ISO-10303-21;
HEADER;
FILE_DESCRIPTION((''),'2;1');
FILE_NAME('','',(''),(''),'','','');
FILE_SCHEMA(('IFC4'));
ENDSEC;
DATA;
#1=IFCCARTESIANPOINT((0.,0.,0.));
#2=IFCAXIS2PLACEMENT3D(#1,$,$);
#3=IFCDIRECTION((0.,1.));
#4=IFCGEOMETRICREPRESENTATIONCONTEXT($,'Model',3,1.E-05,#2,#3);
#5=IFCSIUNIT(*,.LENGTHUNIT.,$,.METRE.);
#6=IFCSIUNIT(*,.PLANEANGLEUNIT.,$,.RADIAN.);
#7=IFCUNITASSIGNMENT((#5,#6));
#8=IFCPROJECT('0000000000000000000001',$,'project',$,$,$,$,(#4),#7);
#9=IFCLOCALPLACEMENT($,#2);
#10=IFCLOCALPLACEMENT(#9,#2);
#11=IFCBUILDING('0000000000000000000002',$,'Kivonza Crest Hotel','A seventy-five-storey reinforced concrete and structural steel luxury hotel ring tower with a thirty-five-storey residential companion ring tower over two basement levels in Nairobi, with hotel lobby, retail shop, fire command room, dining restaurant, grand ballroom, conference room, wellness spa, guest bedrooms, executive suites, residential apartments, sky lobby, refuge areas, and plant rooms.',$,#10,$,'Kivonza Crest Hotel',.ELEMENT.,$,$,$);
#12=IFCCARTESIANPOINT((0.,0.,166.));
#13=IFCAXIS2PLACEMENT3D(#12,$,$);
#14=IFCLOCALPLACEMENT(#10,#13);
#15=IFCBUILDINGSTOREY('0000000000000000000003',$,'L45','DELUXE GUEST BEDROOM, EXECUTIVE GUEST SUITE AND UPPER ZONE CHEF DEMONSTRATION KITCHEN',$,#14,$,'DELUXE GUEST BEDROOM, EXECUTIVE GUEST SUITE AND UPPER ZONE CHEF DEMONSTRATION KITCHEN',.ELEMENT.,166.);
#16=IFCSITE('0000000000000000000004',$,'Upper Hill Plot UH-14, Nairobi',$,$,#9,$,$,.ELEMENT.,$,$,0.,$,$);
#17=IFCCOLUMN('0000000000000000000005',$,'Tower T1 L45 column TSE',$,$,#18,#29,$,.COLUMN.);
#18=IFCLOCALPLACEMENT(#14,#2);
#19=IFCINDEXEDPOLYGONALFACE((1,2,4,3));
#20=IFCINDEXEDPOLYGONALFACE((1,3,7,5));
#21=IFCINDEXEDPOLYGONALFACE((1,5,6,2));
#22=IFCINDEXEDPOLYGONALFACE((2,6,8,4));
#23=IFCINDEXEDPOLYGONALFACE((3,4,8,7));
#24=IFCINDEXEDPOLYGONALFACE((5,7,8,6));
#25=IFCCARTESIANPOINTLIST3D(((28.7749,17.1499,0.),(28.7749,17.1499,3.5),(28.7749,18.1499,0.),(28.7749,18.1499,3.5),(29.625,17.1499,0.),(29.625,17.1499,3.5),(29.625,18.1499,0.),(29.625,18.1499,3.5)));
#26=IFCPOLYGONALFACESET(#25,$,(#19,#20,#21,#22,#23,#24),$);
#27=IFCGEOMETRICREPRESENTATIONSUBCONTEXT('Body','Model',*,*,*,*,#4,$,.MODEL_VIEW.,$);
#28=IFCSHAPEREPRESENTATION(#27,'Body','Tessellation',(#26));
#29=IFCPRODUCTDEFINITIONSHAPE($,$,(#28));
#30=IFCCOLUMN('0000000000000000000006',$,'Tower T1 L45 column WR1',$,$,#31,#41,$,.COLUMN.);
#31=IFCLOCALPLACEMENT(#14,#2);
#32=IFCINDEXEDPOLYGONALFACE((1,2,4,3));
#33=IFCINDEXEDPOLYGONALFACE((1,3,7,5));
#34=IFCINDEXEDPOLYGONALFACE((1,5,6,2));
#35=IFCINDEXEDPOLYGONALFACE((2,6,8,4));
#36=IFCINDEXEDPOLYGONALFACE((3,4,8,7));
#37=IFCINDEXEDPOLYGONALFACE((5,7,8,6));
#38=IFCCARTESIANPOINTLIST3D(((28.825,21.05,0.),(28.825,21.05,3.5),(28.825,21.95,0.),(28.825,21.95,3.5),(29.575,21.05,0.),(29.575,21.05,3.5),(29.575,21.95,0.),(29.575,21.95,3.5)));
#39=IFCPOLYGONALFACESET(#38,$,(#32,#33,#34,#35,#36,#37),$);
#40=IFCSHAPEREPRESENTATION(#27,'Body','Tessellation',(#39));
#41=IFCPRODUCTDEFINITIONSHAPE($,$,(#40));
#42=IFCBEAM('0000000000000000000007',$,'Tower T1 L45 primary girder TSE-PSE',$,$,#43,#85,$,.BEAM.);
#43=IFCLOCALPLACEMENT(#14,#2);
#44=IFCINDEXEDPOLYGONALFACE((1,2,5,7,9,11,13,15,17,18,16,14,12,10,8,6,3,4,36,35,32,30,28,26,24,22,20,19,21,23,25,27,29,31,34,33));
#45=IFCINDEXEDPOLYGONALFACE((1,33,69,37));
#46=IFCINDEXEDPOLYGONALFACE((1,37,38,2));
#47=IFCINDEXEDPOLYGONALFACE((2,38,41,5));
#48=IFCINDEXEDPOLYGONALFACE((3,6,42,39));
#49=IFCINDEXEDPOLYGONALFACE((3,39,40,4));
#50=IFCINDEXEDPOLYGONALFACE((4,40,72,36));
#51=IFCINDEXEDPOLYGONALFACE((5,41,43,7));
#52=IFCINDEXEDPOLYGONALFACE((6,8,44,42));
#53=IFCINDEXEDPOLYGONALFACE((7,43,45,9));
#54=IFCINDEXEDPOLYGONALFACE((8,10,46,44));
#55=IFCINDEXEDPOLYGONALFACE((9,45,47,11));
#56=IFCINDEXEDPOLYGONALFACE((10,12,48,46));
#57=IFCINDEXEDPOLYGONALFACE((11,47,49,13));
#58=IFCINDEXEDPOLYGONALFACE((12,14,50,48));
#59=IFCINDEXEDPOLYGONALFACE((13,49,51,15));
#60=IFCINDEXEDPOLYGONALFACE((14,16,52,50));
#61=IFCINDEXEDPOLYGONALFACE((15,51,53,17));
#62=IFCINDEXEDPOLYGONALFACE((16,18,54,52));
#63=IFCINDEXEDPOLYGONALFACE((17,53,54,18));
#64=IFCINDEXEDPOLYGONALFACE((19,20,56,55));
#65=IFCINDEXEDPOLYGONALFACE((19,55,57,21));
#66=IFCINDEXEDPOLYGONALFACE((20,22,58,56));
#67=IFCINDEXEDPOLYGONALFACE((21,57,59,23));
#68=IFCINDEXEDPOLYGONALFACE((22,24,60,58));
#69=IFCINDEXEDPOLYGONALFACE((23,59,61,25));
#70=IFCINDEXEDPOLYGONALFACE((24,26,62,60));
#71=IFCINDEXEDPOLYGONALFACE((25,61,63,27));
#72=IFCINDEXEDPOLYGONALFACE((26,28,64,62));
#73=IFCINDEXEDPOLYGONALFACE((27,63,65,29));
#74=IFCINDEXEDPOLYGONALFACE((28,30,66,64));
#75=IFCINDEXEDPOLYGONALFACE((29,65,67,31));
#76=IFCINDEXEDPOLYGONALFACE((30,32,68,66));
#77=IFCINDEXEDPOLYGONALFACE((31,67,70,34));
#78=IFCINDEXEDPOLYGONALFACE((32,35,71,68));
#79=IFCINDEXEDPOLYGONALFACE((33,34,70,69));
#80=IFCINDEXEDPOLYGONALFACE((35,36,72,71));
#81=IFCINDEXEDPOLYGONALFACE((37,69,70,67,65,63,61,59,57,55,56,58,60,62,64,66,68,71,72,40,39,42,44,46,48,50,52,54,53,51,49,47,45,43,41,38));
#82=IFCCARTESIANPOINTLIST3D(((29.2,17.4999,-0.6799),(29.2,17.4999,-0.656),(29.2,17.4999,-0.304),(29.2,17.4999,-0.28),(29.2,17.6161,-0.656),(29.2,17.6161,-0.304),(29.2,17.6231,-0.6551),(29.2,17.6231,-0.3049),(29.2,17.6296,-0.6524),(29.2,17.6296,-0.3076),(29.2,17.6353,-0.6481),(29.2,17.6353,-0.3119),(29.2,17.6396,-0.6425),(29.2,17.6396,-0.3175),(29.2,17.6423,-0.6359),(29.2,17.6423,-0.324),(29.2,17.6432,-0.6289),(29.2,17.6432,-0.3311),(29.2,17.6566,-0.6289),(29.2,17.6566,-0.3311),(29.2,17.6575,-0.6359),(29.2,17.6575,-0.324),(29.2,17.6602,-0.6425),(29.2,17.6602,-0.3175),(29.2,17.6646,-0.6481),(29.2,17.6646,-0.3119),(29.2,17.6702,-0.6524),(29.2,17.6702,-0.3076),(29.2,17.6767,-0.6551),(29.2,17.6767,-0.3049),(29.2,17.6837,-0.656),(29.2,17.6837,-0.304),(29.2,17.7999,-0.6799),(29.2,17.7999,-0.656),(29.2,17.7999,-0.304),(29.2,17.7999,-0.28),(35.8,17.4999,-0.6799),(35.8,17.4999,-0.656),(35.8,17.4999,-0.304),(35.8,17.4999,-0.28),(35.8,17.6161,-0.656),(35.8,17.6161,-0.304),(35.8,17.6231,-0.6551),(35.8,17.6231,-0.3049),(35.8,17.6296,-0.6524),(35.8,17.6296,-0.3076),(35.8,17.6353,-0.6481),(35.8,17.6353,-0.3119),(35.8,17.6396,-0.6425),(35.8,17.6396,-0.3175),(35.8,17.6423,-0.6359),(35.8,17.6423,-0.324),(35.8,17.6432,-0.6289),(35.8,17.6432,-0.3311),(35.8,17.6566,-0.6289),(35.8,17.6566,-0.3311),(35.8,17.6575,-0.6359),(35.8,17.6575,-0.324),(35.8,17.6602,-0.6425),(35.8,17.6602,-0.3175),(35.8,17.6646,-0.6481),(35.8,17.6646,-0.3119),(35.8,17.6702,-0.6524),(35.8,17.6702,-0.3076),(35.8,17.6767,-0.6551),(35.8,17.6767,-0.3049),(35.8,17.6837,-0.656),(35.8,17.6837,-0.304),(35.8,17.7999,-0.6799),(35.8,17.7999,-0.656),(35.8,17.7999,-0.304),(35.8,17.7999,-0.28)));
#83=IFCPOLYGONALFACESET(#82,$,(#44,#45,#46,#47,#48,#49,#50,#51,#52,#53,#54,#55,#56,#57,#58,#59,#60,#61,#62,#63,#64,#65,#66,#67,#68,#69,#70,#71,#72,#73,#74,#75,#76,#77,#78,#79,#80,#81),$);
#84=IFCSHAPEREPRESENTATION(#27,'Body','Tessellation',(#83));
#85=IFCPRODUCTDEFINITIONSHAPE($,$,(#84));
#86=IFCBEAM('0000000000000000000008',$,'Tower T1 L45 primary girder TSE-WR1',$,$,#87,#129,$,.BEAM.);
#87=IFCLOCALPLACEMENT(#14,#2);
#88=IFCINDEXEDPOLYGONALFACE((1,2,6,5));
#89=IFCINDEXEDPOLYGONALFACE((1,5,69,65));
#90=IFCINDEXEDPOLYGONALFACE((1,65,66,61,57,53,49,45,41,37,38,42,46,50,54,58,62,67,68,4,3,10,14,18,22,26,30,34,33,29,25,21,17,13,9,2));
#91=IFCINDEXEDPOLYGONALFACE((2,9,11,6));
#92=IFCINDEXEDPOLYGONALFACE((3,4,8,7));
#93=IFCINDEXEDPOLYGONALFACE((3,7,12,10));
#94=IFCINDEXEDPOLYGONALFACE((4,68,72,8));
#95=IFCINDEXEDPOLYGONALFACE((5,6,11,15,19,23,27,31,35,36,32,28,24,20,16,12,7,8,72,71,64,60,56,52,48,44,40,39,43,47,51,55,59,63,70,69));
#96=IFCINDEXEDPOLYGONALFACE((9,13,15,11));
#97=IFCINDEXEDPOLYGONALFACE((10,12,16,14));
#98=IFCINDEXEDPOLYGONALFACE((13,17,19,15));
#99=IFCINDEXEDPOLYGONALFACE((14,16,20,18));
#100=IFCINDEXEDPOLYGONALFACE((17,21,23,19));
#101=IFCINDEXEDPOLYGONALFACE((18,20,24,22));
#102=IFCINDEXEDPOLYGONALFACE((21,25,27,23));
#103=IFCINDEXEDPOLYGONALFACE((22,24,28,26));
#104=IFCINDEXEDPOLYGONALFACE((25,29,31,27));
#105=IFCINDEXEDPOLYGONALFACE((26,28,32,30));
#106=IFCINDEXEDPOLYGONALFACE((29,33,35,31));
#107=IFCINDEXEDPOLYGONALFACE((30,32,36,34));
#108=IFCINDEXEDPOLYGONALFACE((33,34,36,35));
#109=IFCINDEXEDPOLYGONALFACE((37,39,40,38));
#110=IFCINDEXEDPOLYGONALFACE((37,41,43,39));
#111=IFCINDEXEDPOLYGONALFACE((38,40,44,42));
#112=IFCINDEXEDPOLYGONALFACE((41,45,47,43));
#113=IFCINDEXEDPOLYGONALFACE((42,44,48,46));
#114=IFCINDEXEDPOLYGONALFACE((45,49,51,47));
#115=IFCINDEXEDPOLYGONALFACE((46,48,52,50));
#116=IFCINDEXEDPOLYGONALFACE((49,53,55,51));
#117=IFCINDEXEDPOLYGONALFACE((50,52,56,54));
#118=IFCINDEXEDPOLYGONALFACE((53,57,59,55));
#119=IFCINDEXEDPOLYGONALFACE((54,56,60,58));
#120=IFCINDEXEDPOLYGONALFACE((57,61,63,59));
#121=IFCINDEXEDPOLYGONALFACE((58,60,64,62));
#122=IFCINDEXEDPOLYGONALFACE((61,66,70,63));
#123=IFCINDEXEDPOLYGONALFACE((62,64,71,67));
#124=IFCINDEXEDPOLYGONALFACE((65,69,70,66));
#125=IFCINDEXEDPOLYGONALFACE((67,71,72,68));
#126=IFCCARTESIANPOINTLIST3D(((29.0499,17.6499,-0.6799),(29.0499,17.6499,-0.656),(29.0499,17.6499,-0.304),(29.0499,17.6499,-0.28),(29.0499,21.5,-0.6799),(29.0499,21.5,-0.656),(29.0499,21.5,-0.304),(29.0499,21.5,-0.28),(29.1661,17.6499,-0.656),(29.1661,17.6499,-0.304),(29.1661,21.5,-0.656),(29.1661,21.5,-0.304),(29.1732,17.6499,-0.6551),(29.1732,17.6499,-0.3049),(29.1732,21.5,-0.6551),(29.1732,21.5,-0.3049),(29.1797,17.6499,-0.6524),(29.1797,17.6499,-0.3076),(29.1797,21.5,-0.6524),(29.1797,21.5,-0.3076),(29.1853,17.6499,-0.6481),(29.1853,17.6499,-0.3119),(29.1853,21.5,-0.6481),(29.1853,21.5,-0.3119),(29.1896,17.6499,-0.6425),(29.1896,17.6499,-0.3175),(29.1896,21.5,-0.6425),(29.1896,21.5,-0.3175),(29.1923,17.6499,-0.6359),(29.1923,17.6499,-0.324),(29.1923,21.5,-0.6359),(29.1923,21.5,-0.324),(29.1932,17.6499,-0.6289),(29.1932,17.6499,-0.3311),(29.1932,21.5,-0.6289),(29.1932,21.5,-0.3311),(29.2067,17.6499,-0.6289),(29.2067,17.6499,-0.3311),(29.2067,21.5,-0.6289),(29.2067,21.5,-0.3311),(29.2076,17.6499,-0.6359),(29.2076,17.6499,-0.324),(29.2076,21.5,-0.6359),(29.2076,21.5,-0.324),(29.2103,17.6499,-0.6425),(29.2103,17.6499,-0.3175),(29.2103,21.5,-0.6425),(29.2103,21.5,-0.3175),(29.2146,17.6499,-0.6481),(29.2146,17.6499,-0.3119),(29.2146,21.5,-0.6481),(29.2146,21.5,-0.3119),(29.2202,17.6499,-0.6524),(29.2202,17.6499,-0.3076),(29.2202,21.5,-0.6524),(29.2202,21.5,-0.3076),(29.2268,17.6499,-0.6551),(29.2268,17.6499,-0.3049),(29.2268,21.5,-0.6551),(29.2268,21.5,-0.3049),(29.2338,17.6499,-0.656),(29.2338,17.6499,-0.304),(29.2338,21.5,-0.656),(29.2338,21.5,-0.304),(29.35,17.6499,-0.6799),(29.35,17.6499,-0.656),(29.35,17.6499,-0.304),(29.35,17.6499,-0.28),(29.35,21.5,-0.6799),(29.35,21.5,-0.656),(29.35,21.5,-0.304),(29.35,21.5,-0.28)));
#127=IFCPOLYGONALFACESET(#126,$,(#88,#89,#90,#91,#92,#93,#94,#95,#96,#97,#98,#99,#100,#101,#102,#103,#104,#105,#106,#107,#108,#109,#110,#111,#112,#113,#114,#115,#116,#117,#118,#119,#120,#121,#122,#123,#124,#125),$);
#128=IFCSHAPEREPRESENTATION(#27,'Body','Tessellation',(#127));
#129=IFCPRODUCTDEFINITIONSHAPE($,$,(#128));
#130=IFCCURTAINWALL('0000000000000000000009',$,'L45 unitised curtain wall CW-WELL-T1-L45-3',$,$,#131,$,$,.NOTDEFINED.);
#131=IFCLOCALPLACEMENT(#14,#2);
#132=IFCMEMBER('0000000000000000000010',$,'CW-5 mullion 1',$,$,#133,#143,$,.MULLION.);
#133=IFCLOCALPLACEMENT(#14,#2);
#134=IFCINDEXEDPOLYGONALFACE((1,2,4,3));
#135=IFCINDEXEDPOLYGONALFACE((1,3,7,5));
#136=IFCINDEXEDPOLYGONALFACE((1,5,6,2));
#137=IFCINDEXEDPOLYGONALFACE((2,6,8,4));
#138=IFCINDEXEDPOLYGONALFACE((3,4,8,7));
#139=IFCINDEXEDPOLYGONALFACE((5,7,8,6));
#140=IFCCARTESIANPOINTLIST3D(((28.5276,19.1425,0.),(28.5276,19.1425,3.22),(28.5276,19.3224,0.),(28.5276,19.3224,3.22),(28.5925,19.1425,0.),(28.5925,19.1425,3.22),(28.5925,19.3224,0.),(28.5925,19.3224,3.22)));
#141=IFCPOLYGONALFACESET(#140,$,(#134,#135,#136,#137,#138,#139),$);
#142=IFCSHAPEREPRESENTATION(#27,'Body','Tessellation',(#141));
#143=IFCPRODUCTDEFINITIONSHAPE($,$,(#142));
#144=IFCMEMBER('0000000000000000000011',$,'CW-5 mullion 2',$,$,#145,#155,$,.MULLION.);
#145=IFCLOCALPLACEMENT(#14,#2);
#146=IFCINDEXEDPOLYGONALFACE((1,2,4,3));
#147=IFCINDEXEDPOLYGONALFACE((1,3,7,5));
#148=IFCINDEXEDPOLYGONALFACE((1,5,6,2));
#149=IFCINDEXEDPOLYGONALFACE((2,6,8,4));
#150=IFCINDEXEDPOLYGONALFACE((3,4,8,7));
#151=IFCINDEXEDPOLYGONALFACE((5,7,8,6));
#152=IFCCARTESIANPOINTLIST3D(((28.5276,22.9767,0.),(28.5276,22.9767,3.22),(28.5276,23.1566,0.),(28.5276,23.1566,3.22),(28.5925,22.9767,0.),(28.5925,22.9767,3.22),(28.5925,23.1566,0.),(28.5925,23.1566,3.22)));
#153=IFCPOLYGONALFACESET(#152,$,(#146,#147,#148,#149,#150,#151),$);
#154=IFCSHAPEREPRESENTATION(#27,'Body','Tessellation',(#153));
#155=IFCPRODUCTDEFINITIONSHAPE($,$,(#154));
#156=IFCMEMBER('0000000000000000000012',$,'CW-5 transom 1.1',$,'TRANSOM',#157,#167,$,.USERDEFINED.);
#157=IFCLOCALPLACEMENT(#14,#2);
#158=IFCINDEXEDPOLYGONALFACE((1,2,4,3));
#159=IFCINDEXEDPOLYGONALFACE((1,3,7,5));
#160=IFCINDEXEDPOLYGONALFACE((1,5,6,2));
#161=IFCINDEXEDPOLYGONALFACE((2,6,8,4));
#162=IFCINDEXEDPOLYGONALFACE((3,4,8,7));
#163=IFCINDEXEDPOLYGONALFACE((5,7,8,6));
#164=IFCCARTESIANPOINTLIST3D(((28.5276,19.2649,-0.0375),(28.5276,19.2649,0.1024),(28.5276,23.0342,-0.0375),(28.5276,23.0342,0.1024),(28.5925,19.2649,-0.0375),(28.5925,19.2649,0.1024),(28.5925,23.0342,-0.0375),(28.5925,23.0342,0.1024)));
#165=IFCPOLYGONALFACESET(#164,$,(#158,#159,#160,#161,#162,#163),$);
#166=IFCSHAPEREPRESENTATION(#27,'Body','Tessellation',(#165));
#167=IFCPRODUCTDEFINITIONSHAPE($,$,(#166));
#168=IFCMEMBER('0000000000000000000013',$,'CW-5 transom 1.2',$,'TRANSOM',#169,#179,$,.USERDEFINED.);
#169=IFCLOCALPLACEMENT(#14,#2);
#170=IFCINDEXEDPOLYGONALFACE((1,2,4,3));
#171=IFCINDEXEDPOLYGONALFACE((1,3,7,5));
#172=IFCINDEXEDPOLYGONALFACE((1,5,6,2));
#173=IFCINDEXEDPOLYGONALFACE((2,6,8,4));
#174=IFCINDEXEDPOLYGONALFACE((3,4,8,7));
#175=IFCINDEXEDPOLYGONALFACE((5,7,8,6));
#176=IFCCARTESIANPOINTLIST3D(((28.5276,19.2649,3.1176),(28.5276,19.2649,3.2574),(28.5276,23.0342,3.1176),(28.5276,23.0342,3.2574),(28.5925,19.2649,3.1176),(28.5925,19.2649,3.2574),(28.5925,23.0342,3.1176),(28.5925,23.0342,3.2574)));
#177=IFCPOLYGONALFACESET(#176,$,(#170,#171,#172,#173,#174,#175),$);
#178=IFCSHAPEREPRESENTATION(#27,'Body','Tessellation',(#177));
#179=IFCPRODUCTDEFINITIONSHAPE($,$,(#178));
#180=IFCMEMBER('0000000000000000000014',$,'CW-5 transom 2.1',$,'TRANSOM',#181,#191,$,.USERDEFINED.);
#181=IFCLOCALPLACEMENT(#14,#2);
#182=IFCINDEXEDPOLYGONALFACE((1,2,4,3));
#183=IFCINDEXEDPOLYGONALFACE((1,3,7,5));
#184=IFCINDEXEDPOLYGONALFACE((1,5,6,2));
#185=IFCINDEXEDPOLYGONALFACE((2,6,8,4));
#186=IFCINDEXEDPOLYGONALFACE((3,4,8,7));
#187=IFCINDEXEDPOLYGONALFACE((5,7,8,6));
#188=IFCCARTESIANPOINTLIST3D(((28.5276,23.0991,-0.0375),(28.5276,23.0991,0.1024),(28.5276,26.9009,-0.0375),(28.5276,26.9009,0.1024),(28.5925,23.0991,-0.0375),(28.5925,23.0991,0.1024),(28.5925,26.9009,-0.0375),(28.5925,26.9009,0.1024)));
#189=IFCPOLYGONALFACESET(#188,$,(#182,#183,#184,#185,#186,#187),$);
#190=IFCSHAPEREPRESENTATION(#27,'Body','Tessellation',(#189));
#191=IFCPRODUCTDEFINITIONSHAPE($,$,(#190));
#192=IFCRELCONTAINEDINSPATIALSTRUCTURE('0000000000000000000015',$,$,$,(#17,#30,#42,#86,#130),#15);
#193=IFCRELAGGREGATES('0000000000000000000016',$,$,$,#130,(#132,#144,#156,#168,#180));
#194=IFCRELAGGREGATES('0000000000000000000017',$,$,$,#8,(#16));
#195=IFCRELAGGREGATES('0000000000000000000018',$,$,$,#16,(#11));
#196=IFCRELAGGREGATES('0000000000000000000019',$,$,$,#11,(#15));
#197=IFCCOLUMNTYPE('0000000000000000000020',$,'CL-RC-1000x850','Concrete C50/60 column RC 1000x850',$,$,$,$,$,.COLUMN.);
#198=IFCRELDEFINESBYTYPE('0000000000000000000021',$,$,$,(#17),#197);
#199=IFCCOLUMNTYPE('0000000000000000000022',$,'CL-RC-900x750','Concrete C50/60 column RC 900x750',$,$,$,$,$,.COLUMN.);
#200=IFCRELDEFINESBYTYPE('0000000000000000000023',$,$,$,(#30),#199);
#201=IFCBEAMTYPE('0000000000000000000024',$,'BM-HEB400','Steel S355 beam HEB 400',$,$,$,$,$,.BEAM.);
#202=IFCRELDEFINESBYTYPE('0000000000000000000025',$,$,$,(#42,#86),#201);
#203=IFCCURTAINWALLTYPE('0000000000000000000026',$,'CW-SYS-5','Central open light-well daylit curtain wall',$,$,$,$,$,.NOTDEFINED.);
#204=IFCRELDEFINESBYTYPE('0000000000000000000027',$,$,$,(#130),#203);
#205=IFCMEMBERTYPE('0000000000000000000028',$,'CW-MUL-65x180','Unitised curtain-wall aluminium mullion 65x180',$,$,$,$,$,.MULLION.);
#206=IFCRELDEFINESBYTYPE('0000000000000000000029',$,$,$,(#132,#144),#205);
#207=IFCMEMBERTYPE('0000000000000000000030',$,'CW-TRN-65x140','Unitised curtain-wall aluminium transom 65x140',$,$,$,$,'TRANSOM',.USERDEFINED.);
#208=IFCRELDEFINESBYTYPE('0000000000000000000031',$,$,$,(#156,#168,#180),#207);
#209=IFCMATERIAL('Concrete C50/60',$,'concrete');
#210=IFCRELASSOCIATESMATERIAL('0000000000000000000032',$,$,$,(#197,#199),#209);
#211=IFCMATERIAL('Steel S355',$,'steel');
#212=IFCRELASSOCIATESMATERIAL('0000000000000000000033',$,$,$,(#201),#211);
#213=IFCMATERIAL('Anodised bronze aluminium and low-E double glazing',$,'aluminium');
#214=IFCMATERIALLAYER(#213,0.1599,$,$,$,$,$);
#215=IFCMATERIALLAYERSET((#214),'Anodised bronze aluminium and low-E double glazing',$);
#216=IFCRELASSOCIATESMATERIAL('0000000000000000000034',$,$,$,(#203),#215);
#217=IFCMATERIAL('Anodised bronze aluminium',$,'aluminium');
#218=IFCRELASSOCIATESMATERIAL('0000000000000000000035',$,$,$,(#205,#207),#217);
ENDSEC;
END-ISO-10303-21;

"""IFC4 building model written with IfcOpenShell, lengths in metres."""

from ifc_helpers import new_model, si_unit, direction, frame, origin, origin_2d, place, context, subcontext, project, spatial, rectangle, i_section, extrude, material, layer, layer_set, material_profile, profile_set, type_object, element, aggregate, save


model = new_model("IFC4")

# Units and contexts
model_context = context("Model", 3, precision=1e-05, world=origin(), true_north=direction((0.0, 1.0)))
body_context = subcontext(model_context, "Body", "Model", "MODEL_VIEW")
ifc_project = project(units=[si_unit("LENGTHUNIT", "METRE"), si_unit("PLANEANGLEUNIT", "RADIAN")], contexts=[model_context])

# Site, building, storey
site_placement = place(None, origin())
site = spatial("IfcSite", under=ifc_project, at=site_placement, Name="Upper Hill Plot UH-14, Nairobi", CompositionType="ELEMENT", RefElevation=0.0)
building_placement = place(site_placement, origin())
building = spatial("IfcBuilding", under=site, at=building_placement, Name="Kivonza Crest Hotel", Description="A seventy-five-storey reinforced concrete and structural steel luxury hotel ring tower with a thirty-five-storey residential companion ring tower over two basement levels in Nairobi, with hotel lobby, retail shop, fire command room, dining restaurant, grand ballroom, conference room, wellness spa, guest bedrooms, executive suites, residential apartments, sky lobby, refuge areas, and plant rooms.", LongName="Kivonza Crest Hotel", CompositionType="ELEMENT")
storey_placement = place(building_placement, frame((0.0, 0.0, 166.0)))
storey = spatial("IfcBuildingStorey", under=building, at=storey_placement, Name="L45", Description="DELUXE GUEST BEDROOM, EXECUTIVE GUEST SUITE AND UPPER ZONE CHEF DEMONSTRATION KITCHEN", LongName="DELUXE GUEST BEDROOM, EXECUTIVE GUEST SUITE AND UPPER ZONE CHEF DEMONSTRATION KITCHEN", CompositionType="ELEMENT", Elevation=166.0)

# Columns
ifc_material_1 = material(Name="Concrete C50/60", Category="concrete")
ifc_material_profile_1 = material_profile(ifc_material_1, rectangle(XDim=0.8501, YDim=1.0, at=origin_2d()), Name="RC 1000x850")
ifc_profile_set_1 = profile_set([ifc_material_profile_1], Name="Concrete C50/60")
column_type_1 = type_object("IfcColumnType", Name="CL-RC-1000x850", Description="Concrete C50/60 column RC 1000x850", PredefinedType="COLUMN", material=ifc_profile_set_1)
column_1_placement = place(storey_placement, frame((29.2, 17.6499, 0.0), z_axis=(0.0, 0.0, 1.0), x_axis=(1.0, 0.0, 0.0)))
element("IfcColumn", 1, at=column_1_placement, inside=storey, type_object=column_type_1, Name="Tower T1 L45 column TSE", PredefinedType="COLUMN", context=body_context, shape_type="SweptSolid", body=[
    extrude(rectangle(XDim=0.8501, YDim=1.0, at=origin_2d()), origin(), (0.0, 0.0, 1.0), 3.5),
])
ifc_material_profile_2 = material_profile(ifc_material_1, rectangle(XDim=0.75, YDim=0.8999, at=origin_2d()), Name="RC 900x750")
ifc_profile_set_2 = profile_set([ifc_material_profile_2], Name="Concrete C50/60")
column_type_2 = type_object("IfcColumnType", Name="CL-RC-900x750", Description="Concrete C50/60 column RC 900x750", PredefinedType="COLUMN", material=ifc_profile_set_2)
column_2_placement = place(storey_placement, frame((29.2, 21.5, 0.0), z_axis=(0.0, 0.0, 1.0), x_axis=(1.0, 0.0, 0.0)))
element("IfcColumn", 2, at=column_2_placement, inside=storey, type_object=column_type_2, Name="Tower T1 L45 column WR1", PredefinedType="COLUMN", context=body_context, shape_type="SweptSolid", body=[
    extrude(rectangle(XDim=0.75, YDim=0.8999, at=origin_2d()), origin(), (0.0, 0.0, 1.0), 3.5),
])

# Beams
ifc_material_2 = material(Name="Steel S355", Category="steel")
ifc_material_profile_3 = material_profile(ifc_material_2, i_section(OverallWidth=0.3, OverallDepth=0.3999, WebThickness=0.0134, FlangeThickness=0.0239, FilletRadius=0.0271, at=origin_2d()), Name="HEB 400")
ifc_profile_set_3 = profile_set([ifc_material_profile_3], Name="Steel S355")
beam_type = type_object("IfcBeamType", Name="BM-HEB400", Description="Steel S355 beam HEB 400", PredefinedType="BEAM", material=ifc_profile_set_3)
beam_1_placement = place(storey_placement, frame((29.2, 17.6499, -0.48), z_axis=(1.0, 0.0, 0.0), x_axis=(0.0, 1.0, 0.0)))
element("IfcBeam", 3, at=beam_1_placement, inside=storey, type_object=beam_type, Name="Tower T1 L45 primary girder TSE-PSE", PredefinedType="BEAM", context=body_context, shape_type="SweptSolid", body=[
    extrude(i_section(OverallWidth=0.3, OverallDepth=0.3999, WebThickness=0.0134, FlangeThickness=0.0239, FilletRadius=0.0271, at=origin_2d()), origin(), (0.0, 0.0, 1.0), 6.6001),
])
beam_2_placement = place(storey_placement, frame((29.2, 17.6499, -0.48), z_axis=(0.0, 1.0, 0.0), x_axis=(-1.0, 0.0, 0.0)))
element("IfcBeam", 4, at=beam_2_placement, inside=storey, type_object=beam_type, Name="Tower T1 L45 primary girder TSE-WR1", PredefinedType="BEAM", context=body_context, shape_type="SweptSolid", body=[
    extrude(i_section(OverallWidth=0.3, OverallDepth=0.3999, WebThickness=0.0134, FlangeThickness=0.0239, FilletRadius=0.0271, at=origin_2d()), origin(), (0.0, 0.0, 1.0), 3.8501),
])

# Curtain wall, members
ifc_material_3 = material(Name="Anodised bronze aluminium and low-E double glazing", Category="aluminium")
ifc_layer_1 = layer(ifc_material_3, 0.1599)
ifc_layer_set_1 = layer_set([ifc_layer_1], Name="Anodised bronze aluminium and low-E double glazing")
curtain_wall_type = type_object("IfcCurtainWallType", Name="CW-SYS-5", Description="Central open light-well daylit curtain wall", PredefinedType="NOTDEFINED", material=ifc_layer_set_1)
curtain_wall_placement = place(storey_placement, origin())
curtain_wall = element("IfcCurtainWall", 5, at=curtain_wall_placement, inside=storey, type_object=curtain_wall_type, Name="L45 unitised curtain wall CW-WELL-T1-L45-3", PredefinedType="NOTDEFINED")
ifc_material_4 = material(Name="Anodised bronze aluminium", Category="aluminium")
ifc_material_profile_4 = material_profile(ifc_material_4, rectangle(XDim=0.0649, YDim=0.1799, at=origin_2d()), Name="CW-M 65x180")
ifc_profile_set_4 = profile_set([ifc_material_profile_4], Name="Anodised bronze aluminium")
member_type_1 = type_object("IfcMemberType", Name="CW-MUL-65x180", Description="Unitised curtain-wall aluminium mullion 65x180", PredefinedType="MULLION", material=ifc_profile_set_4)
member_1_placement = place(storey_placement, frame((28.5601, 19.2324, 0.0), z_axis=(0.0, 0.0, 1.0), x_axis=(-1.0, 0.0, 0.0)))
member_1 = element("IfcMember", 6, at=member_1_placement, type_object=member_type_1, Name="CW-5 mullion 1", PredefinedType="MULLION", context=body_context, shape_type="SweptSolid", body=[
    extrude(rectangle(XDim=0.0649, YDim=0.1799, at=origin_2d()), origin(), (0.0, 0.0, 1.0), 3.22),
])
member_2_placement = place(storey_placement, frame((28.5601, 23.0667, 0.0), z_axis=(0.0, 0.0, 1.0), x_axis=(-1.0, 0.0, 0.0)))
member_2 = element("IfcMember", 7, at=member_2_placement, type_object=member_type_1, Name="CW-5 mullion 2", PredefinedType="MULLION", context=body_context, shape_type="SweptSolid", body=[
    extrude(rectangle(XDim=0.0649, YDim=0.1799, at=origin_2d()), origin(), (0.0, 0.0, 1.0), 3.22),
])
ifc_material_profile_5 = material_profile(ifc_material_4, rectangle(XDim=0.0649, YDim=0.1399, at=origin_2d()), Name="CW-T 65x140")
ifc_profile_set_5 = profile_set([ifc_material_profile_5], Name="Anodised bronze aluminium")
member_type_2 = type_object("IfcMemberType", Name="CW-TRN-65x140", Description="Unitised curtain-wall aluminium transom 65x140", ElementType="TRANSOM", PredefinedType="USERDEFINED", material=ifc_profile_set_5)
member_3_placement = place(storey_placement, frame((28.5601, 19.2649, 0.0325), z_axis=(0.0, 1.0, 0.0), x_axis=(-1.0, 0.0, 0.0)))
member_3 = element("IfcMember", 8, at=member_3_placement, type_object=member_type_2, Name="CW-5 transom 1.1", ObjectType="TRANSOM", PredefinedType="USERDEFINED", context=body_context, shape_type="SweptSolid", body=[
    extrude(rectangle(XDim=0.0649, YDim=0.1399, at=origin_2d()), origin(), (0.0, 0.0, 1.0), 3.7693),
])
member_4_placement = place(storey_placement, frame((28.5601, 19.2649, 3.1875), z_axis=(0.0, 1.0, 0.0), x_axis=(-1.0, 0.0, 0.0)))
member_4 = element("IfcMember", 9, at=member_4_placement, type_object=member_type_2, Name="CW-5 transom 1.2", ObjectType="TRANSOM", PredefinedType="USERDEFINED", context=body_context, shape_type="SweptSolid", body=[
    extrude(rectangle(XDim=0.0649, YDim=0.1399, at=origin_2d()), origin(), (0.0, 0.0, 1.0), 3.7693),
])
member_5_placement = place(storey_placement, frame((28.5601, 23.0991, 0.0325), z_axis=(0.0, 1.0, 0.0), x_axis=(-1.0, 0.0, 0.0)))
member_5 = element("IfcMember", 10, at=member_5_placement, type_object=member_type_2, Name="CW-5 transom 2.1", ObjectType="TRANSOM", PredefinedType="USERDEFINED", context=body_context, shape_type="SweptSolid", body=[
    extrude(rectangle(XDim=0.0649, YDim=0.1399, at=origin_2d()), origin(), (0.0, 0.0, 1.0), 3.8018),
])
aggregate(curtain_wall, [member_1, member_2, member_3, member_4, member_5])

save(model, "model.ifc")
